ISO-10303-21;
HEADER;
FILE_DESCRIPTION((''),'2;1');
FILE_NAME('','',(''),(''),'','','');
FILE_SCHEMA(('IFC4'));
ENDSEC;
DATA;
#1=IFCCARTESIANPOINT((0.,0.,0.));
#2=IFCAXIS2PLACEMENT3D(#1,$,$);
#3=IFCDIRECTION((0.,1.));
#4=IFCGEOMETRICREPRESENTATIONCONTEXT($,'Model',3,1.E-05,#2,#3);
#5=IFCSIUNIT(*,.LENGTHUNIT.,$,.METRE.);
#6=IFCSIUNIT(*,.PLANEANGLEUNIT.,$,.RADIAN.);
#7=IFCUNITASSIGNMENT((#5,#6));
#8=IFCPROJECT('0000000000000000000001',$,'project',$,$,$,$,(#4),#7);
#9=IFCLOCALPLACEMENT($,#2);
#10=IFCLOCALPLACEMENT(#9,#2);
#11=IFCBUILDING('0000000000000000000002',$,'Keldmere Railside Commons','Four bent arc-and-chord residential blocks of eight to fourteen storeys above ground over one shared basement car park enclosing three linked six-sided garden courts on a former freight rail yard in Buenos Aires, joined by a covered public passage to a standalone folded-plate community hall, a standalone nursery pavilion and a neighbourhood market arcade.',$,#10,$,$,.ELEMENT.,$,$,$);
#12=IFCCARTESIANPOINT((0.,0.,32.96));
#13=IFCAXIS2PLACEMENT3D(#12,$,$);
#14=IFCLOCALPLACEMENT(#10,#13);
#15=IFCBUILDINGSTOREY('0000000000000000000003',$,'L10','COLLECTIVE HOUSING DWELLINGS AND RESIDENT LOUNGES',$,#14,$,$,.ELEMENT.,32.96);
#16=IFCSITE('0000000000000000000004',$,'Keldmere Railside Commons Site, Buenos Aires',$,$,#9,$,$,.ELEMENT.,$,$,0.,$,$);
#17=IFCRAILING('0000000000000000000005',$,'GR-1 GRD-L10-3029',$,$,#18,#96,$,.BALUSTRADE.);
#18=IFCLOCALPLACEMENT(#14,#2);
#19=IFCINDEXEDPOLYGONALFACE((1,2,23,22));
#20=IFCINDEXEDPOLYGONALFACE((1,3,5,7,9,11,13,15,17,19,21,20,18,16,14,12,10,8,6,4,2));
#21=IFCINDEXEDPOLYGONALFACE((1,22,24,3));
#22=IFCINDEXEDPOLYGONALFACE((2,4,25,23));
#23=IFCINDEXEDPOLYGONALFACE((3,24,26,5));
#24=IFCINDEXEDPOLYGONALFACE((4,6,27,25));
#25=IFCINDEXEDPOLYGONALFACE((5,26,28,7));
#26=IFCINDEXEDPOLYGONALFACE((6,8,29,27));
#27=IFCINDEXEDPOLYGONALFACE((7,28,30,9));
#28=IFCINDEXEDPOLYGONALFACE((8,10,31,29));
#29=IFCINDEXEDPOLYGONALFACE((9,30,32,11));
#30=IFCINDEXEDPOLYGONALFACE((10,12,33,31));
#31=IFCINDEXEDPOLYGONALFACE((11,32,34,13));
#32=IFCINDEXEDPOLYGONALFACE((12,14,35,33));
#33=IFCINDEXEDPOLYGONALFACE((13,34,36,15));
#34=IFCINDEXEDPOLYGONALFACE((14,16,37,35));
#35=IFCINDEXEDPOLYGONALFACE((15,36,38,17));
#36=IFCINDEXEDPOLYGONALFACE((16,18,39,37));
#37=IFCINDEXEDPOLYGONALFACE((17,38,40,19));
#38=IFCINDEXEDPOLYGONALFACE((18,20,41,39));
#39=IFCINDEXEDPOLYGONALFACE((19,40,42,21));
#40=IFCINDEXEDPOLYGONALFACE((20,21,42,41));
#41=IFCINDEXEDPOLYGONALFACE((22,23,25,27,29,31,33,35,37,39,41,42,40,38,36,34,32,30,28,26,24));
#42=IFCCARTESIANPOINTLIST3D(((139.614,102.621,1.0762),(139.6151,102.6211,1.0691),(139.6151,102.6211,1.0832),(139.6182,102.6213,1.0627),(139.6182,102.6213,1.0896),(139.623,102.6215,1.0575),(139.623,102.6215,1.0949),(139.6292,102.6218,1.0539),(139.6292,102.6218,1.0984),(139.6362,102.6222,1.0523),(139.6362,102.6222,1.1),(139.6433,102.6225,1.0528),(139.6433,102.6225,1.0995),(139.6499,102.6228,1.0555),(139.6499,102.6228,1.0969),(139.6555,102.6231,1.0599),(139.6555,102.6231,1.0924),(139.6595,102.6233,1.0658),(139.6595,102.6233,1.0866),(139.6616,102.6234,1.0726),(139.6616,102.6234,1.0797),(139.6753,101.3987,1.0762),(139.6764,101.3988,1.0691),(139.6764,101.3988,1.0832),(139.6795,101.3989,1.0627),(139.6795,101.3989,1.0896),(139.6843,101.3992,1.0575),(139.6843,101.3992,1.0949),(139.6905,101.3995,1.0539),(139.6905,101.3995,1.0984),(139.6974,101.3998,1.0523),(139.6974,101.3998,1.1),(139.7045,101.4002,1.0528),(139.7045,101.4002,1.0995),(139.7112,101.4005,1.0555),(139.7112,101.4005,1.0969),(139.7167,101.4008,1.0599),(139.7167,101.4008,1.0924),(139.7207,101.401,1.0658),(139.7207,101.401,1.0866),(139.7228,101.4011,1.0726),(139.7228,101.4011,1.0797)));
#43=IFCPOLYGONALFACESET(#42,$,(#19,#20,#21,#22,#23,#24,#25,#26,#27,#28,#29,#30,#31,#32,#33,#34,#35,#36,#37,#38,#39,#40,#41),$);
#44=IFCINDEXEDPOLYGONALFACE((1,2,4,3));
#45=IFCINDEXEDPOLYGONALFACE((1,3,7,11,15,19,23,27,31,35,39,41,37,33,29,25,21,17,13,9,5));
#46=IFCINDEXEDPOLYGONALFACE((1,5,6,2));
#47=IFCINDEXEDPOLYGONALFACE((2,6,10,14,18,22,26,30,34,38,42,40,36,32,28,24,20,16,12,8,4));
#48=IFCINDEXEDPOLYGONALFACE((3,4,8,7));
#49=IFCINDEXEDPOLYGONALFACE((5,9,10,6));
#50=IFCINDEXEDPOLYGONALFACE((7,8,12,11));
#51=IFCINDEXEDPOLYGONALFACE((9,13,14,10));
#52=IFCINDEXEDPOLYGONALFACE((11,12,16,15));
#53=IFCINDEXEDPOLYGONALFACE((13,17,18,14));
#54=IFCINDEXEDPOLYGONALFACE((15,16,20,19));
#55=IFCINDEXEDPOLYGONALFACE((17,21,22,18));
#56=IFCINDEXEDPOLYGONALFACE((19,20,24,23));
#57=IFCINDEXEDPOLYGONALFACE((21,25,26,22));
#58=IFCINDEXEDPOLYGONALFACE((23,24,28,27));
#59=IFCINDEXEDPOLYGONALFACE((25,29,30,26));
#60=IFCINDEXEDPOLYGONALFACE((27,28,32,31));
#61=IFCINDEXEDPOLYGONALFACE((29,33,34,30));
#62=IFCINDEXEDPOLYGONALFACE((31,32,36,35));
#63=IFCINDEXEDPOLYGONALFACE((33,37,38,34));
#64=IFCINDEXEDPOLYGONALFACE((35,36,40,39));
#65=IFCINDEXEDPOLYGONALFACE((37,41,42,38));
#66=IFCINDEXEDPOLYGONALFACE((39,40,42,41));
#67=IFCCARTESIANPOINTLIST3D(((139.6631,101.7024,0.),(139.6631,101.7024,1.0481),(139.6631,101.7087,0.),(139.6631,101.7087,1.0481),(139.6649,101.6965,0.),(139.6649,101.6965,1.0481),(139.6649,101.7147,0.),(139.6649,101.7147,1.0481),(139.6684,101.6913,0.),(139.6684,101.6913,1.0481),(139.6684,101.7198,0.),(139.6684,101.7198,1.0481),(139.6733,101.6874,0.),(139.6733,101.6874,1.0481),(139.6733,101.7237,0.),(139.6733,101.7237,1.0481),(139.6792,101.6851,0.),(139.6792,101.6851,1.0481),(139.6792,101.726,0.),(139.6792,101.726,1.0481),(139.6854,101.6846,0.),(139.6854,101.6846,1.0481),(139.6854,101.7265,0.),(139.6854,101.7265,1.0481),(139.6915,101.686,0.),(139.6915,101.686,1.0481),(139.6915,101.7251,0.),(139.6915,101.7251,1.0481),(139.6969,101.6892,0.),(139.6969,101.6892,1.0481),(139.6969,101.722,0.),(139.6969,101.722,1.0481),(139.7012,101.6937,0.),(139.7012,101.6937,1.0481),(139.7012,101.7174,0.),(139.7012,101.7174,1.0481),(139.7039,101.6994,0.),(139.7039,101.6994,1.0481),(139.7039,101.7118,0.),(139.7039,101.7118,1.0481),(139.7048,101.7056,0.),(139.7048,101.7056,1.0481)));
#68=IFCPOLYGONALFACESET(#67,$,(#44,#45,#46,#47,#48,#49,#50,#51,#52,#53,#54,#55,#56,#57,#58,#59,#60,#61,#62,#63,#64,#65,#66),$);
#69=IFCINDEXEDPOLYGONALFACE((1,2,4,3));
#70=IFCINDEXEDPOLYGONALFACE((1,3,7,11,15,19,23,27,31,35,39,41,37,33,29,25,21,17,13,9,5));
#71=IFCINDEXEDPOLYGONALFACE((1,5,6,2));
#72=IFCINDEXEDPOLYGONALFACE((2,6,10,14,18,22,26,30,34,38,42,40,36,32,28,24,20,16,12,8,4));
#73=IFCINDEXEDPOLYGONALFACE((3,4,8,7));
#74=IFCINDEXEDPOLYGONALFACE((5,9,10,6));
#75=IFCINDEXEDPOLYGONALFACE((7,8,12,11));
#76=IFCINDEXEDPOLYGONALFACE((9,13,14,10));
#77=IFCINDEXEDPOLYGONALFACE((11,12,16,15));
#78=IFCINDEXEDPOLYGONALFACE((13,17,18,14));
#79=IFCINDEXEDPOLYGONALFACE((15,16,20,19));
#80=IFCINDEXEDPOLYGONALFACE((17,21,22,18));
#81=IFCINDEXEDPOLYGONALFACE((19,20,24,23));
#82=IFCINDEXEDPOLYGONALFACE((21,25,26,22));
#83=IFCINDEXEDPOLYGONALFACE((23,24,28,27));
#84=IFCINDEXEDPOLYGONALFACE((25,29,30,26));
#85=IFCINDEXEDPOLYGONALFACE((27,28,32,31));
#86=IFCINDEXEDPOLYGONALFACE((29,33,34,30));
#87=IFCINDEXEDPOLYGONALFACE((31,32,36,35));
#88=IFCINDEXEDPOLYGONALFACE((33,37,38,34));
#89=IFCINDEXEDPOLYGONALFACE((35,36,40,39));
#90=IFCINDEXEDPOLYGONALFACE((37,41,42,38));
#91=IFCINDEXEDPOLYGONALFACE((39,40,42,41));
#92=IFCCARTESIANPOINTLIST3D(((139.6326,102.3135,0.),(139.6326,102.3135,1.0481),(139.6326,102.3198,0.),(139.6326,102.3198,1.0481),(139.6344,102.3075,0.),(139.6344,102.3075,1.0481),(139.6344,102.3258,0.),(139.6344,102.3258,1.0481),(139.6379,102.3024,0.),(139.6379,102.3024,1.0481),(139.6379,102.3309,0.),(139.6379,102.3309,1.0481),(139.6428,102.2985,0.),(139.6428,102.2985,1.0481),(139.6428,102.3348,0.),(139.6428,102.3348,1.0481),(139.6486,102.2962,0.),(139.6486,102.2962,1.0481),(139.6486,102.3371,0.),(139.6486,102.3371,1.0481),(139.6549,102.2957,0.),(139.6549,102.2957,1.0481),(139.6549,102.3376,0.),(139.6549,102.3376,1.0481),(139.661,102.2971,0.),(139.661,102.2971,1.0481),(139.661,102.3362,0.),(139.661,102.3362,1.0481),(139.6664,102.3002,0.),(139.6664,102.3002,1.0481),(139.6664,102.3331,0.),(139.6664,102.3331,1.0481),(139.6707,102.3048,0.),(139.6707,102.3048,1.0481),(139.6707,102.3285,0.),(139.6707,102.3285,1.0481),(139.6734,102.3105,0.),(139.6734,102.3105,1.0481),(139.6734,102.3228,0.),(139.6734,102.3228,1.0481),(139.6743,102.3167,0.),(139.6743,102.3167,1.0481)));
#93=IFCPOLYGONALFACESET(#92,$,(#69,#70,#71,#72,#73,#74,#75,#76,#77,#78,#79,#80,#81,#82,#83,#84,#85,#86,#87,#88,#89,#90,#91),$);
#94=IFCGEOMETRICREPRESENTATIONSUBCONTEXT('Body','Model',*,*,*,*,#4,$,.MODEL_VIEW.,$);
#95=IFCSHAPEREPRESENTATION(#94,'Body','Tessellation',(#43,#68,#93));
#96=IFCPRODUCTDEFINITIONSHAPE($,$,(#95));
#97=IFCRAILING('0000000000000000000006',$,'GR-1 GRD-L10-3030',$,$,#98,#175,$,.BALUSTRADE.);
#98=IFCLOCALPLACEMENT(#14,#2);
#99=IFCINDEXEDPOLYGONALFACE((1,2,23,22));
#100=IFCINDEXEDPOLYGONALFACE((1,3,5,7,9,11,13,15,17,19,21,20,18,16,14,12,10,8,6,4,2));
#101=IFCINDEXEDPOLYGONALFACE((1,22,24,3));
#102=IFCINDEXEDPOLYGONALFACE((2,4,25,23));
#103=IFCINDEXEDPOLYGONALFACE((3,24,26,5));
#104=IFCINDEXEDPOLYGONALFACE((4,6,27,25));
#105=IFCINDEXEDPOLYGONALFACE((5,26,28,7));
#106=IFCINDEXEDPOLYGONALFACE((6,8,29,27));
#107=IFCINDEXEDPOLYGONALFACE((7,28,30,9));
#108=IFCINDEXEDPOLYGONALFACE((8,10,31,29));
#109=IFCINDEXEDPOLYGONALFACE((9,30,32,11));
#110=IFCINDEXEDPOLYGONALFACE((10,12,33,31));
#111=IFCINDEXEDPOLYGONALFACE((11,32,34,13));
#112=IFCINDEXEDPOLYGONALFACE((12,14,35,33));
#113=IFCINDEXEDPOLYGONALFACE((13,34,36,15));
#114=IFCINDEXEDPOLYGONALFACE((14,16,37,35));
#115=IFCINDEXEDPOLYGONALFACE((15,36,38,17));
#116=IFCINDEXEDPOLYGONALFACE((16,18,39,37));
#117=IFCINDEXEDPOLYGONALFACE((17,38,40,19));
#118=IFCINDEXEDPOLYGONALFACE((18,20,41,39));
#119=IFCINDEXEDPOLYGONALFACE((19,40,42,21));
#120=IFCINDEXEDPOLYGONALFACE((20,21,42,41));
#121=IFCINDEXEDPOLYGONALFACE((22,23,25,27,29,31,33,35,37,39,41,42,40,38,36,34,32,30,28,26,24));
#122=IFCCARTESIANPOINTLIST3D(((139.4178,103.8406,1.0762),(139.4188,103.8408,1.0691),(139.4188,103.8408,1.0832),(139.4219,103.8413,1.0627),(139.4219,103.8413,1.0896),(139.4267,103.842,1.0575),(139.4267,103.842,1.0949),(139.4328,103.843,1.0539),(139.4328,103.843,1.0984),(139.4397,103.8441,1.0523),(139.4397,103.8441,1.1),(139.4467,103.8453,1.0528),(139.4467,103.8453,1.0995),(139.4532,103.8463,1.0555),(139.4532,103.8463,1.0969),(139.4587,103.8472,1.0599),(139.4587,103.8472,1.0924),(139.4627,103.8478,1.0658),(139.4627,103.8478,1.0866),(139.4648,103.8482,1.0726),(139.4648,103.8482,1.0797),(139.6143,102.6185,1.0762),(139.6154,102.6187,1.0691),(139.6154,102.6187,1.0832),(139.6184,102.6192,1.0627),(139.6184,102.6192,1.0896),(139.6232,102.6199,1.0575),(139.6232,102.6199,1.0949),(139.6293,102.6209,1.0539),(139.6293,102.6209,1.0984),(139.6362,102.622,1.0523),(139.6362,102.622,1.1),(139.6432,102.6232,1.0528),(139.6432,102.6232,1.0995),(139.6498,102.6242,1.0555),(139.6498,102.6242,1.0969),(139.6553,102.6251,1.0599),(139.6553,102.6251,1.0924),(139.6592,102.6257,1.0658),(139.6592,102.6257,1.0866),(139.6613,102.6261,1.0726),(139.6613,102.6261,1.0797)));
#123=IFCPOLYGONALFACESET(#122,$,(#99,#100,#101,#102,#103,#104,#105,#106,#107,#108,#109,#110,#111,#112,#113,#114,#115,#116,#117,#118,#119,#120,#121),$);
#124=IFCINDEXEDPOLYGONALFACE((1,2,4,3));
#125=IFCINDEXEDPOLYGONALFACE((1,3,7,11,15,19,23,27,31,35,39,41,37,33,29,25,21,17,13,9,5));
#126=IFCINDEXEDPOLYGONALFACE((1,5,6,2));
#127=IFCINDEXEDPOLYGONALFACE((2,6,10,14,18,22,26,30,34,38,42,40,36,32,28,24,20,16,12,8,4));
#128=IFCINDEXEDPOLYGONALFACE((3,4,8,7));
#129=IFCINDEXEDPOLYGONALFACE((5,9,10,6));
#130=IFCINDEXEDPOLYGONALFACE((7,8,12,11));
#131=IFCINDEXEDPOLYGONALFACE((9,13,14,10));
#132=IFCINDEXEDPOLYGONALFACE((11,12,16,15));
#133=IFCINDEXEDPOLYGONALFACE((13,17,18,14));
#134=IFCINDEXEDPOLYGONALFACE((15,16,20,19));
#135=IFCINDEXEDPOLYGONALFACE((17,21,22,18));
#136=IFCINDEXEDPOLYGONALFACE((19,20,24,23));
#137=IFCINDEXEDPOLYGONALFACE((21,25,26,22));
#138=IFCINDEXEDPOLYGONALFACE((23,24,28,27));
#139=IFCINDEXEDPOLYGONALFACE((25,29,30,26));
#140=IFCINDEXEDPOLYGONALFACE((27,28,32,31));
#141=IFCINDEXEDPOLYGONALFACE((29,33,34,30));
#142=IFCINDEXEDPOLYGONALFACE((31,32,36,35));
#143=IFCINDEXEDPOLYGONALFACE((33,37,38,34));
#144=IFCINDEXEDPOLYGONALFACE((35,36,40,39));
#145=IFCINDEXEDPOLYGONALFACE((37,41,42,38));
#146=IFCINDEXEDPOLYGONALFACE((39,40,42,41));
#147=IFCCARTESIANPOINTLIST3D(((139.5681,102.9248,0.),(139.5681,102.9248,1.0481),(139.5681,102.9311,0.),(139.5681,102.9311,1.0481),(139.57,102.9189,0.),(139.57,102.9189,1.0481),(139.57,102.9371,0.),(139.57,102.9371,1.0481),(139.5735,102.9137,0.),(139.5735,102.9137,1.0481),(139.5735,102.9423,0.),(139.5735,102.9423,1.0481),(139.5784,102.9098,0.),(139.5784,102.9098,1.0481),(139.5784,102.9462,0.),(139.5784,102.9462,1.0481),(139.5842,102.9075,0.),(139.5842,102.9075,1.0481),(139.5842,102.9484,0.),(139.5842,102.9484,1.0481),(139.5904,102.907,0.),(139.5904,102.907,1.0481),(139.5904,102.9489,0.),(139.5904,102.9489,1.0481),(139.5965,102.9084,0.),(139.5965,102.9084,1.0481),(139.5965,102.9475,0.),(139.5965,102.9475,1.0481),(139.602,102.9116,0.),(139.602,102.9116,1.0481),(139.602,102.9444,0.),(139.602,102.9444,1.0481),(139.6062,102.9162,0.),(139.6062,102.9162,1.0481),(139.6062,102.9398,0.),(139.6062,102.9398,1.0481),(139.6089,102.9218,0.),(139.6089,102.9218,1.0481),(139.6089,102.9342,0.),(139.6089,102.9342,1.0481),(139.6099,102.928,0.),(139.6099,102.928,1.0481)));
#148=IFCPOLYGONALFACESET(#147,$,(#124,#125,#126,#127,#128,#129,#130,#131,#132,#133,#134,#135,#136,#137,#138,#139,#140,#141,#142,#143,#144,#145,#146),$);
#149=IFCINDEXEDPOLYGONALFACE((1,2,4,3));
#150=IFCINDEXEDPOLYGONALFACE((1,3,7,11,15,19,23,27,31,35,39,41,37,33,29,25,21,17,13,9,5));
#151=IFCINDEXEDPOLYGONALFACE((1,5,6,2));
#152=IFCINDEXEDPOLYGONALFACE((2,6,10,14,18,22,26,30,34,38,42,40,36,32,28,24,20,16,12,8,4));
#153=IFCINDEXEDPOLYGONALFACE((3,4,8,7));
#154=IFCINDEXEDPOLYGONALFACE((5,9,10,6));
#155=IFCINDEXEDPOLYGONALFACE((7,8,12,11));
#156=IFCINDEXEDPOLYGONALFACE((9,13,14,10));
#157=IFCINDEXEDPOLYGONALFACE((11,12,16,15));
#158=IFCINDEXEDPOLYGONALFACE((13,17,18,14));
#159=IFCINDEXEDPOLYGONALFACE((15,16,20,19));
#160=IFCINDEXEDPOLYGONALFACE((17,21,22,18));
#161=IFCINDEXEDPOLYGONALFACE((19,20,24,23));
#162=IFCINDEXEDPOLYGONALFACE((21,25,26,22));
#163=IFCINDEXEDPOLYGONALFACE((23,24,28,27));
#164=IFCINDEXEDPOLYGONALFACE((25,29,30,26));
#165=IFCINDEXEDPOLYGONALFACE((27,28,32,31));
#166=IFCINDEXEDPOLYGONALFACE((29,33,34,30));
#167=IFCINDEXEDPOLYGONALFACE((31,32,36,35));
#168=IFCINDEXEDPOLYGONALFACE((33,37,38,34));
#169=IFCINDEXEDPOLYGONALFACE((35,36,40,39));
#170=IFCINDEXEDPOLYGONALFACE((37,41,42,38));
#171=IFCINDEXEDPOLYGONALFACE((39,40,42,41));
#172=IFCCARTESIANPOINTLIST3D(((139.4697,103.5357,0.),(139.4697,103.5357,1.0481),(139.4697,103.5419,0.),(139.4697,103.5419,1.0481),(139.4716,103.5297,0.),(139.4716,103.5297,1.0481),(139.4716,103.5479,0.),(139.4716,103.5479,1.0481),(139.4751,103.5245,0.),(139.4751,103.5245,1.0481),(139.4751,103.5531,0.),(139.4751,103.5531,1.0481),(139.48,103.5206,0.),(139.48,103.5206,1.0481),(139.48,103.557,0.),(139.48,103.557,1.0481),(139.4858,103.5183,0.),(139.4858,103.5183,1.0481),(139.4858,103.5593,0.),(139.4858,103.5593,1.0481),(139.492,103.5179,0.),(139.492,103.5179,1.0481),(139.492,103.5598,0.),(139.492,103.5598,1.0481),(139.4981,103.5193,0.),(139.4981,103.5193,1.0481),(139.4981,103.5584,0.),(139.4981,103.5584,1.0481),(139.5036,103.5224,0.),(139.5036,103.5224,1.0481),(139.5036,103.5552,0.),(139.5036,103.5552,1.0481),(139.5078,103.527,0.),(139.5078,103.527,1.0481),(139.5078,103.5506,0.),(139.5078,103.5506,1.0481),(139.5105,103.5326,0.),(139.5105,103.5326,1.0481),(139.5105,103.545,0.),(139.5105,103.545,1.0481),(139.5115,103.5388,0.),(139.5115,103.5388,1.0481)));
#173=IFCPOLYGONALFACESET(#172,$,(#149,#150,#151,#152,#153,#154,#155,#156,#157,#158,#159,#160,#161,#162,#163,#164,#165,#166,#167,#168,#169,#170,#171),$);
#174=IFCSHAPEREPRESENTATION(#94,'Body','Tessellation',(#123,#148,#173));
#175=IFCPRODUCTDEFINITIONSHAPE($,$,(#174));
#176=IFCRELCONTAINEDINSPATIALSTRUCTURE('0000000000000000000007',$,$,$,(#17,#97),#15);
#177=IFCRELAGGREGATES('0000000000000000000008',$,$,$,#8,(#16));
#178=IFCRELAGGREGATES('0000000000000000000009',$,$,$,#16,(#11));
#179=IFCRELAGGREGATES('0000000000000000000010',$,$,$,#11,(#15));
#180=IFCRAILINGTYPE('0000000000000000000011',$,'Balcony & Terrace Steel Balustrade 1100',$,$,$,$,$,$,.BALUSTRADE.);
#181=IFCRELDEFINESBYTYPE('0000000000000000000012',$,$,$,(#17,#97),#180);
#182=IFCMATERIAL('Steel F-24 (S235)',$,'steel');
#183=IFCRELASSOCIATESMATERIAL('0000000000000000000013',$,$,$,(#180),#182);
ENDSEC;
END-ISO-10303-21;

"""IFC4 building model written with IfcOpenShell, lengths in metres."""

from ifc_helpers import new_model, si_unit, direction, frame, origin, origin_2d, place, context, subcontext, project, spatial, circle, extrude, material, type_object, element, save


model = new_model("IFC4")

# Units and contexts
model_context = context("Model", 3, precision=1e-05, world=origin(), true_north=direction((0.0, 1.0)))
body_context = subcontext(model_context, "Body", "Model", "MODEL_VIEW")
ifc_project = project(units=[si_unit("LENGTHUNIT", "METRE"), si_unit("PLANEANGLEUNIT", "RADIAN")], contexts=[model_context])

# Site, building, storey
site_placement = place(None, origin())
site = spatial("IfcSite", under=ifc_project, at=site_placement, Name="Keldmere Railside Commons Site, Buenos Aires", CompositionType="ELEMENT", RefElevation=0.0)
building_placement = place(site_placement, origin())
building = spatial("IfcBuilding", under=site, at=building_placement, Name="Keldmere Railside Commons", Description="Four bent arc-and-chord residential blocks of eight to fourteen storeys above ground over one shared basement car park enclosing three linked six-sided garden courts on a former freight rail yard in Buenos Aires, joined by a covered public passage to a standalone folded-plate community hall, a standalone nursery pavilion and a neighbourhood market arcade.", CompositionType="ELEMENT")
storey_placement = place(building_placement, frame((0.0, 0.0, 32.96)))
storey = spatial("IfcBuildingStorey", under=building, at=storey_placement, Name="L10", Description="COLLECTIVE HOUSING DWELLINGS AND RESIDENT LOUNGES", CompositionType="ELEMENT", Elevation=32.96)

# Shared definitions
ifc_material_1 = material(Name="Steel F-24 (S235)", Category="steel")

# Railings
railing_type_1 = type_object("IfcRailingType", Name="Balcony & Terrace Steel Balustrade 1100", PredefinedType="BALUSTRADE", material=ifc_material_1)
railing_1_placement = place(storey_placement, frame((139.6992, 101.3999, 0.0)))
element("IfcRailing", 1, at=railing_1_placement, inside=storey, type_object=railing_type_1, Name="GR-1 GRD-L10-3029", PredefinedType="BALUSTRADE", context=body_context, shape_type="SweptSolid", body=[
    extrude(circle(Radius=0.0239, at=origin_2d()), frame((0.0, 0.0, 1.0762), z_axis=(-0.050067, 0.998746, 0.0), x_axis=(-0.998746, -0.050067, 0.0)), (0.0, 0.0, 1.0), 1.2239),
    extrude(circle(Radius=0.021, at=origin_2d()), frame((-0.0154, 0.3057, 0.0)), (0.0, 0.0, 1.0), 1.0481),
    extrude(circle(Radius=0.021, at=origin_2d()), frame((-0.0459, 0.9167, 0.0)), (0.0, 0.0, 1.0), 1.0481),
])
railing_2_placement = place(storey_placement, frame((139.6379, 102.6223, 0.0)))
element("IfcRailing", 2, at=railing_2_placement, inside=storey, type_object=railing_type_1, Name="GR-1 GRD-L10-3030", PredefinedType="BALUSTRADE", context=body_context, shape_type="SweptSolid", body=[
    extrude(circle(Radius=0.0239, at=origin_2d()), frame((0.0, 0.0, 1.0762), z_axis=(-0.158767, 0.987316, 0.0), x_axis=(-0.987316, -0.158767, 0.0)), (0.0, 0.0, 1.0), 1.2378),
    extrude(circle(Radius=0.021, at=origin_2d()), frame((-0.0491, 0.3057, 0.0)), (0.0, 0.0, 1.0), 1.0481),
    extrude(circle(Radius=0.021, at=origin_2d()), frame((-0.1475, 0.9165, 0.0)), (0.0, 0.0, 1.0), 1.0481),
])

save(model, "model.ifc")
